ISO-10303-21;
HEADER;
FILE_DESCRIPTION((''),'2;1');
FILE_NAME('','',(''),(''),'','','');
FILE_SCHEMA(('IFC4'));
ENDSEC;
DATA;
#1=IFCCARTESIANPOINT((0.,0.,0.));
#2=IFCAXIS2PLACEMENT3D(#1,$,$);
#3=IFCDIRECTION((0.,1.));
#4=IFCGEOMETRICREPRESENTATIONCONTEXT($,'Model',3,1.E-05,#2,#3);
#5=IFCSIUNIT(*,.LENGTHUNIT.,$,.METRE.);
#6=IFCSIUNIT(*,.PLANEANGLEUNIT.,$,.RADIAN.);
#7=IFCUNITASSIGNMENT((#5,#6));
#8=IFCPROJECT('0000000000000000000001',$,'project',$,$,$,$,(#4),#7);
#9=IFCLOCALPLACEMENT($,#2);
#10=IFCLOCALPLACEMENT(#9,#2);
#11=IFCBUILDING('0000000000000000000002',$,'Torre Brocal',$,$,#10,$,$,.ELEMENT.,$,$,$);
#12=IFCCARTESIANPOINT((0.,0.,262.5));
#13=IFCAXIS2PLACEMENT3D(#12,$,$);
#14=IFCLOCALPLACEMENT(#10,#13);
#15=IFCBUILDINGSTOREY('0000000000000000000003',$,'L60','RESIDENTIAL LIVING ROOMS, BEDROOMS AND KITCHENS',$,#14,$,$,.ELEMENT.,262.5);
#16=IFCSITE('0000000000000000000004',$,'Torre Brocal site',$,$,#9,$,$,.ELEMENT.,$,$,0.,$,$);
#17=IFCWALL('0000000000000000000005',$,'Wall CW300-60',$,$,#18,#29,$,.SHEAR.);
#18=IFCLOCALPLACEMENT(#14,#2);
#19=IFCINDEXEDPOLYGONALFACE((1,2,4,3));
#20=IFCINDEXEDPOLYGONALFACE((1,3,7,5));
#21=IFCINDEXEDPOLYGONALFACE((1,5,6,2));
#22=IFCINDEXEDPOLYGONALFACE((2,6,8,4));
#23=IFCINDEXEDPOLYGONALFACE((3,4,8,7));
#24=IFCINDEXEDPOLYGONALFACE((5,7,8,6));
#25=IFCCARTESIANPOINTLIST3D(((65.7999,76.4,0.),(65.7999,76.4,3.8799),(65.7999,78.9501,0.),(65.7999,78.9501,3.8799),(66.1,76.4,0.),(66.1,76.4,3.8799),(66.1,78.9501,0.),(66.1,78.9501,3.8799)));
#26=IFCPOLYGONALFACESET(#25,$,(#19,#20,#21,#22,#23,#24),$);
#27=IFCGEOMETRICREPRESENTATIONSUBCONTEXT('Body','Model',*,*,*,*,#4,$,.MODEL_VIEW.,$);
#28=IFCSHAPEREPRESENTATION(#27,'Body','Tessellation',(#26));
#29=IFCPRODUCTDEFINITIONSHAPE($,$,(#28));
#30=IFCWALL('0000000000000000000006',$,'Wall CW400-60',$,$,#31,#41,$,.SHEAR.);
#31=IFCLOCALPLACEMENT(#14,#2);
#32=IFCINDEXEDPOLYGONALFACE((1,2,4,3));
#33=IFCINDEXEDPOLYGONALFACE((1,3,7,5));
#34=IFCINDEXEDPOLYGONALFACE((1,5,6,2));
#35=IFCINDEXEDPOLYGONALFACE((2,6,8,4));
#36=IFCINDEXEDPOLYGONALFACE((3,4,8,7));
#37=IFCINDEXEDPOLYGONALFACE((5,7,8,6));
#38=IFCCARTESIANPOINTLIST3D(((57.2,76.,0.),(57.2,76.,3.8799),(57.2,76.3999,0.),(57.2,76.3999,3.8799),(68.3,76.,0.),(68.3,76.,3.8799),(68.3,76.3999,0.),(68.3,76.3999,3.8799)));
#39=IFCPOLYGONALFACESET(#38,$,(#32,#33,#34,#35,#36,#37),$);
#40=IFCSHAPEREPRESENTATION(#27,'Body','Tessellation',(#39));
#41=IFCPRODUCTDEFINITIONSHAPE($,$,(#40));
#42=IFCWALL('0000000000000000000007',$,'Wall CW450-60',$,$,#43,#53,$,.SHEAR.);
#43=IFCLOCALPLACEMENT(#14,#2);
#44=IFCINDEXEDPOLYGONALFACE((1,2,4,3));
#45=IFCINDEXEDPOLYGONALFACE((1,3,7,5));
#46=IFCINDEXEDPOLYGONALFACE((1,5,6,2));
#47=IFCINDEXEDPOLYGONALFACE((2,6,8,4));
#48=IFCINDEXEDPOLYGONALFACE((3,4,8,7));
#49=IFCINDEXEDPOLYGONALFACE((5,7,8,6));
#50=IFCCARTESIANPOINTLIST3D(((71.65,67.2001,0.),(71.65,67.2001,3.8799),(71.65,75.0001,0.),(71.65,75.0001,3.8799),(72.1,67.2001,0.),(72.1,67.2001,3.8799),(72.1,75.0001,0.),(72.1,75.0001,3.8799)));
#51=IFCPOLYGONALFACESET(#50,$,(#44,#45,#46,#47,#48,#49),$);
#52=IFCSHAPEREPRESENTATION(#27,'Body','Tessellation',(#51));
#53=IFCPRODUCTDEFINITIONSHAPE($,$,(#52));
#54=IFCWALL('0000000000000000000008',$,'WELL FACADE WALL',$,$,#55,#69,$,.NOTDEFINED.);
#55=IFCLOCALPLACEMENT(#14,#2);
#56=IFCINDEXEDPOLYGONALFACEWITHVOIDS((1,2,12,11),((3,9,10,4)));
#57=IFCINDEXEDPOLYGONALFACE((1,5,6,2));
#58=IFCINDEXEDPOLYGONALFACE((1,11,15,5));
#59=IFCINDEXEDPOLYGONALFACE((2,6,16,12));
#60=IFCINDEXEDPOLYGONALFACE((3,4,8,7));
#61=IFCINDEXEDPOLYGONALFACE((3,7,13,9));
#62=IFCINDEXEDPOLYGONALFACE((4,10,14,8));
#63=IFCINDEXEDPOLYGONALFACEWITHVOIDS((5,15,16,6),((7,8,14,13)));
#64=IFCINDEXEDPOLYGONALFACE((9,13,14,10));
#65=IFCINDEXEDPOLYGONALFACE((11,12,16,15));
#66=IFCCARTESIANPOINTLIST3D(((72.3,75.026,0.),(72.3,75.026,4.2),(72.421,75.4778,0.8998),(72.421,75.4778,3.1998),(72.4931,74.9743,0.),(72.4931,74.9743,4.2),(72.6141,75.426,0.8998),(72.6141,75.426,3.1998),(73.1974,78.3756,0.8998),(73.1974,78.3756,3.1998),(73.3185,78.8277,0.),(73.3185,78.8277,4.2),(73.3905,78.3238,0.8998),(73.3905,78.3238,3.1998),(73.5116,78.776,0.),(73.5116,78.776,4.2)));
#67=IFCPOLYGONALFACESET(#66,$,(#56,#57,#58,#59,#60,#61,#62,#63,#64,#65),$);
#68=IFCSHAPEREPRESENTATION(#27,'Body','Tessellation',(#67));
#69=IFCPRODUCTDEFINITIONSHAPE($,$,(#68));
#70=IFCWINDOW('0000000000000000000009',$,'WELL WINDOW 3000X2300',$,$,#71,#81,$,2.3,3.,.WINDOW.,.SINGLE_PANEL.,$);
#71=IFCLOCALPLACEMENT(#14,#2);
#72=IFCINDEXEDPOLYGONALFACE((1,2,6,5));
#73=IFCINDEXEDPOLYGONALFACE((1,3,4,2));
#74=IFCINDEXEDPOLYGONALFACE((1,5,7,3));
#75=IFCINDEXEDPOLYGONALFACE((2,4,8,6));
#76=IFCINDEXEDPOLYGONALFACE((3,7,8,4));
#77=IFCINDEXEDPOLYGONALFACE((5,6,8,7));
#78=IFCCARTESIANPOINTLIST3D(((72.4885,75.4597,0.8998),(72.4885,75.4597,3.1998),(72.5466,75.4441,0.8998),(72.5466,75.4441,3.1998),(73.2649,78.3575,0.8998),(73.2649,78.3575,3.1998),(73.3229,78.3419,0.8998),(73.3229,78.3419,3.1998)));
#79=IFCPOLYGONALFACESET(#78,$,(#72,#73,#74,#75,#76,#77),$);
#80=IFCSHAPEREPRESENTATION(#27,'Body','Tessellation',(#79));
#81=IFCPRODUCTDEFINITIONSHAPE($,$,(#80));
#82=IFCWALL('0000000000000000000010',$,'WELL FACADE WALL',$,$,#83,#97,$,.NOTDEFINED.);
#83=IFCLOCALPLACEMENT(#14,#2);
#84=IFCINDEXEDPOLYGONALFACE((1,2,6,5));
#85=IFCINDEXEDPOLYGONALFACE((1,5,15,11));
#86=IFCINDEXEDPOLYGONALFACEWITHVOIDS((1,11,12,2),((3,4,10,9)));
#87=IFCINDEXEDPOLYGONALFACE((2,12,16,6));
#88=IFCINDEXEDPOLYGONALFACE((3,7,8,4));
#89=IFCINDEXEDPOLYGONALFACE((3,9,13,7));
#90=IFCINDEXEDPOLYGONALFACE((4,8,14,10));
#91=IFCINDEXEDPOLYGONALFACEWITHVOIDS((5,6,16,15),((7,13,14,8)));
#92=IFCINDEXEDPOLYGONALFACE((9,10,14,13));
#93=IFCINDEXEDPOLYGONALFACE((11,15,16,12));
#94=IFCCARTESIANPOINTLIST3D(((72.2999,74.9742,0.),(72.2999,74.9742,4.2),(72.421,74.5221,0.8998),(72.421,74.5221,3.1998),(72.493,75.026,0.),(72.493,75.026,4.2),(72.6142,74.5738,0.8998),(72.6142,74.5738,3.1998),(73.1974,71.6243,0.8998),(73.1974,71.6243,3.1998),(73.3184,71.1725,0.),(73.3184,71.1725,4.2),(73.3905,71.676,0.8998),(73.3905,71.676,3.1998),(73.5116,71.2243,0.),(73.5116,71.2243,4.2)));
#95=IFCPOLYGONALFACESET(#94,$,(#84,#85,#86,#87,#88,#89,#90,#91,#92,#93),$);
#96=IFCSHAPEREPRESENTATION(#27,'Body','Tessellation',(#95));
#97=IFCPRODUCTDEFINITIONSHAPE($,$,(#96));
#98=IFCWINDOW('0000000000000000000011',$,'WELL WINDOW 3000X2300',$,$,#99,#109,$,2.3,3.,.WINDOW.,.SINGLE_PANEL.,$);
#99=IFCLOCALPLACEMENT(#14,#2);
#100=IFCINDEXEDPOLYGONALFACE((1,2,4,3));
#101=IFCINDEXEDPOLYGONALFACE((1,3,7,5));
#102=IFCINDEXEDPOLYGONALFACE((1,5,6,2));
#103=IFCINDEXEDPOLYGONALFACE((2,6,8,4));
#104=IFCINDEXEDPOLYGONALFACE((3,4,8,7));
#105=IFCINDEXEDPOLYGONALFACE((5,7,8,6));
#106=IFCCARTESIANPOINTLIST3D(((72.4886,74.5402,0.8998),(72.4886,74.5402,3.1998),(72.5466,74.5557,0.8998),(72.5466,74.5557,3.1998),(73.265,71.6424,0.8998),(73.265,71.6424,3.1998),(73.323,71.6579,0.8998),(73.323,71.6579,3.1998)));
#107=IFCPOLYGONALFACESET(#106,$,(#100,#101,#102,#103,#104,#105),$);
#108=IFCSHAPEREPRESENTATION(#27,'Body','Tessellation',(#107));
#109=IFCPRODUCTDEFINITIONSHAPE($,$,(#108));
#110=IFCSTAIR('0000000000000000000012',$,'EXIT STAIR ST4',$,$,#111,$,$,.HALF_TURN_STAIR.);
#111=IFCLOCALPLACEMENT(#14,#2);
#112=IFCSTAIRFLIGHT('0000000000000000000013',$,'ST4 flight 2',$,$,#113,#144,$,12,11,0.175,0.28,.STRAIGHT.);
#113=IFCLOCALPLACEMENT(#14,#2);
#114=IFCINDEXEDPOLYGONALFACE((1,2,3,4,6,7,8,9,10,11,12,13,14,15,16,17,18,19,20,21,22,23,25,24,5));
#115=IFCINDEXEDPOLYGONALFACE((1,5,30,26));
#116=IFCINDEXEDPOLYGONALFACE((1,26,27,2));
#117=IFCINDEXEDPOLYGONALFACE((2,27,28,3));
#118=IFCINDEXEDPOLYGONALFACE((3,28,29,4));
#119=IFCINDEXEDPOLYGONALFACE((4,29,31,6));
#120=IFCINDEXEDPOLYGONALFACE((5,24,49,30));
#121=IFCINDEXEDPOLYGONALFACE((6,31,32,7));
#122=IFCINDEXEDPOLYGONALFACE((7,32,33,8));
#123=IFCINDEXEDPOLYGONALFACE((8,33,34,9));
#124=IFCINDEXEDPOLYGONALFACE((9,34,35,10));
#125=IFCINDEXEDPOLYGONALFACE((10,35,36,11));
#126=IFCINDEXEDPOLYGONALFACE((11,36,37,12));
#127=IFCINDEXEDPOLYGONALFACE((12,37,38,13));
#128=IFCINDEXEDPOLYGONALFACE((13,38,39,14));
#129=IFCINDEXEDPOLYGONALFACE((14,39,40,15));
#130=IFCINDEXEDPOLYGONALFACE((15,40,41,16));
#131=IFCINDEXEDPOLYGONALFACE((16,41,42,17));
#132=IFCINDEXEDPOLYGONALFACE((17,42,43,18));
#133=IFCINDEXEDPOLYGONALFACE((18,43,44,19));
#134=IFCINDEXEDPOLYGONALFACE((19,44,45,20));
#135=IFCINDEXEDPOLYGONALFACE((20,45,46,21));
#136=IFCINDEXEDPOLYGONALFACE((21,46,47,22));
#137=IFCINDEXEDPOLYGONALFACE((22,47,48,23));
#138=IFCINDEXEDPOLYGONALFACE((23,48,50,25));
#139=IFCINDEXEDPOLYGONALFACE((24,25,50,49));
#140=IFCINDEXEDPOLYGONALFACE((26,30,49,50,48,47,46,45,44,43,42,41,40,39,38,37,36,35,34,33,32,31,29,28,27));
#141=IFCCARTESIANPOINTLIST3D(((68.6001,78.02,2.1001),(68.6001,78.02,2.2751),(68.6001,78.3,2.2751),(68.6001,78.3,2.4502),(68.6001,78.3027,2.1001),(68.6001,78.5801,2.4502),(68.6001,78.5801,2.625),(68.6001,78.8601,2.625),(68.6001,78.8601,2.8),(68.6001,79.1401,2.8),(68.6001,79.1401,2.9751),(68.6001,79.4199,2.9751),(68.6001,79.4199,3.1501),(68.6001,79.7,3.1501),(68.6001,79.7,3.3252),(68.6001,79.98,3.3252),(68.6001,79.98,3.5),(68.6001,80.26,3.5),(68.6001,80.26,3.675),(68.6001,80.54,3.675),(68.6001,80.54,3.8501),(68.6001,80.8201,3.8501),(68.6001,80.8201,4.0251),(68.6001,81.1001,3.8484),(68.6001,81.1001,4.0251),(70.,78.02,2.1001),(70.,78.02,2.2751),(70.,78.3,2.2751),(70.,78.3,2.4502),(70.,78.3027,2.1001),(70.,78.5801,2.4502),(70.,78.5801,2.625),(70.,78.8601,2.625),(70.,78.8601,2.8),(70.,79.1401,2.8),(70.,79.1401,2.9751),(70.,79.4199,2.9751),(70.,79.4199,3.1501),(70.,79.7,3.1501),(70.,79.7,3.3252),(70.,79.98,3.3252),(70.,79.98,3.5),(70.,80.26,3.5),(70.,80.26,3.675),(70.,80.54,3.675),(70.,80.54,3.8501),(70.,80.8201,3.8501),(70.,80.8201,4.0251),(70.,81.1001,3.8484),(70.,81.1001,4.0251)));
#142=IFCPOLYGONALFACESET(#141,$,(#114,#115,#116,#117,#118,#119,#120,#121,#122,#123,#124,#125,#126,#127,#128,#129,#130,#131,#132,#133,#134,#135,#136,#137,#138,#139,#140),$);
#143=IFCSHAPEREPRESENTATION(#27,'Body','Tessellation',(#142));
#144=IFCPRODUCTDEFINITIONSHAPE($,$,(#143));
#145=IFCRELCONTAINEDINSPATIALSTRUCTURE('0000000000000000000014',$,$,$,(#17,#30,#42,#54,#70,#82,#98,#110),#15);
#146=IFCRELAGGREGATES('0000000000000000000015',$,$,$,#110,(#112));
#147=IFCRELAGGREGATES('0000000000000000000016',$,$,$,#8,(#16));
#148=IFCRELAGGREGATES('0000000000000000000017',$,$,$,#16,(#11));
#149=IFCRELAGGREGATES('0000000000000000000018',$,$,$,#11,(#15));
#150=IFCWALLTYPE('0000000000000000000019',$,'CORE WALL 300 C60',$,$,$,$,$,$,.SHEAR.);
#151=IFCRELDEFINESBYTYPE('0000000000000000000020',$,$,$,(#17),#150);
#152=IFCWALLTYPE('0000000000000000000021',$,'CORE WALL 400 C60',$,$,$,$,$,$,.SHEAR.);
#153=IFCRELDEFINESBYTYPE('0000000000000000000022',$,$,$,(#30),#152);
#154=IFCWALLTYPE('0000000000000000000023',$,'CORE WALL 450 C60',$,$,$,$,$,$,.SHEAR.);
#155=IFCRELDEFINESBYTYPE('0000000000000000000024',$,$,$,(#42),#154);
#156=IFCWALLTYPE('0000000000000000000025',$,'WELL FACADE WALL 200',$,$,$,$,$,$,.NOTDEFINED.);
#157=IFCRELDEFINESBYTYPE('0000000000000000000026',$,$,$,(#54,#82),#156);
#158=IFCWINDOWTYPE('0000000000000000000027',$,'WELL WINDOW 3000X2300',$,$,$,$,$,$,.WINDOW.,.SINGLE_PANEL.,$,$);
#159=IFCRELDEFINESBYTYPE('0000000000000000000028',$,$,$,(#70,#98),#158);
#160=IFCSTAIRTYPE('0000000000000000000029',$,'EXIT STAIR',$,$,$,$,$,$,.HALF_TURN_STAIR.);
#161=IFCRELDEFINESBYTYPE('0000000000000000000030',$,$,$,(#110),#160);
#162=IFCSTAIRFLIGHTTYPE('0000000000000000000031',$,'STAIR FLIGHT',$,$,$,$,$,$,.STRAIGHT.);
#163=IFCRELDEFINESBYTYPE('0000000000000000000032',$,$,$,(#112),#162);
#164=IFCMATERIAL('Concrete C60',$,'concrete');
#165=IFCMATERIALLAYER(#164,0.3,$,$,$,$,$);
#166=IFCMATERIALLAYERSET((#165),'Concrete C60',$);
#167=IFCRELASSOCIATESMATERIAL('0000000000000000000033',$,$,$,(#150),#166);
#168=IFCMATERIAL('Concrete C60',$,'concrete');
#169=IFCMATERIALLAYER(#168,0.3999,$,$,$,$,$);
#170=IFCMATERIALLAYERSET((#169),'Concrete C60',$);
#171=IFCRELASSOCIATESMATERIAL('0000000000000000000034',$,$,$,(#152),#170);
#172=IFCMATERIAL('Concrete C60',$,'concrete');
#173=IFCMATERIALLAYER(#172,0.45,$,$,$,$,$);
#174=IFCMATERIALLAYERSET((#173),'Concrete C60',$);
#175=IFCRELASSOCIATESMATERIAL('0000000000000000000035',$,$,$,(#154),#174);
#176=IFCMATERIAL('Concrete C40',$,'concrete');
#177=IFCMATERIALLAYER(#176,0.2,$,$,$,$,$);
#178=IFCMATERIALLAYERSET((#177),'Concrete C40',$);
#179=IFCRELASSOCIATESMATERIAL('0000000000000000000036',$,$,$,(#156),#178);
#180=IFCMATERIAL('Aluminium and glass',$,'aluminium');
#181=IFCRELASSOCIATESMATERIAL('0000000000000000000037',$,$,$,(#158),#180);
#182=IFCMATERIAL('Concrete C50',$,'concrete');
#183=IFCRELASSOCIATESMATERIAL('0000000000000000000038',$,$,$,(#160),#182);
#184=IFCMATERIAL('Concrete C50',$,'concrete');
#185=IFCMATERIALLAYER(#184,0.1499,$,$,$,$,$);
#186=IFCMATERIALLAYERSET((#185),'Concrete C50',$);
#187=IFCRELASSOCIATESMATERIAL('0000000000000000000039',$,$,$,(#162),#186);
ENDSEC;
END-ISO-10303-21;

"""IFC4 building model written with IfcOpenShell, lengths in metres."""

from ifc_helpers import new_model, si_unit, direction, frame, frame_2d, origin, place, context, subcontext, project, spatial, polyline, rectangle, outline, extrude, material, layer, layer_set, type_object, element, fill, aggregate, save


model = new_model("IFC4")

# Units and contexts
model_context = context("Model", 3, precision=1e-05, world=origin(), true_north=direction((0.0, 1.0)))
body_context = subcontext(model_context, "Body", "Model", "MODEL_VIEW")
ifc_project = project(units=[si_unit("LENGTHUNIT", "METRE"), si_unit("PLANEANGLEUNIT", "RADIAN")], contexts=[model_context])

# Site, building, storey
site_placement = place(None, origin())
site = spatial("IfcSite", under=ifc_project, at=site_placement, Name="Torre Brocal site", CompositionType="ELEMENT", RefElevation=0.0)
building_placement = place(site_placement, origin())
building = spatial("IfcBuilding", under=site, at=building_placement, Name="Torre Brocal", CompositionType="ELEMENT")
storey_placement = place(building_placement, frame((0.0, 0.0, 262.5)))
storey = spatial("IfcBuildingStorey", under=building, at=storey_placement, Name="L60", Description="RESIDENTIAL LIVING ROOMS, BEDROOMS AND KITCHENS", CompositionType="ELEMENT", Elevation=262.5)

# Shared definitions
ifc_material_1 = material(Name="Concrete C60", Category="concrete")
ifc_layer_1 = layer(ifc_material_1, 0.3)
ifc_layer_set_1 = layer_set([ifc_layer_1], Name="Concrete C60")
wall_type_1 = type_object("IfcWallType", Name="CORE WALL 300 C60", PredefinedType="SHEAR", material=ifc_layer_set_1)

# Walls
wall_1_placement = place(storey_placement, frame((65.95, 78.95, 0.0), z_axis=(0.0, 0.0, 1.0), x_axis=(0.0, -1.0, 0.0)))
element("IfcWall", 1, at=wall_1_placement, inside=storey, type_object=wall_type_1, Name="Wall CW300-60", PredefinedType="SHEAR", context=body_context, shape_type="SweptSolid", body=[
    extrude(rectangle(XDim=2.55, YDim=0.3, at=frame_2d((1.2749, 0.0))), origin(), (0.0, 0.0, 1.0), 3.8799),
])
ifc_material_2 = material(Name="Concrete C60", Category="concrete")
ifc_layer_2 = layer(ifc_material_2, 0.3999)
ifc_layer_set_2 = layer_set([ifc_layer_2], Name="Concrete C60")
wall_type_2 = type_object("IfcWallType", Name="CORE WALL 400 C60", PredefinedType="SHEAR", material=ifc_layer_set_2)
wall_2_placement = place(storey_placement, frame((68.3, 76.2, 0.0), z_axis=(0.0, 0.0, 1.0), x_axis=(-1.0, 0.0, 0.0)))
element("IfcWall", 2, at=wall_2_placement, inside=storey, type_object=wall_type_2, Name="Wall CW400-60", PredefinedType="SHEAR", context=body_context, shape_type="SweptSolid", body=[
    extrude(rectangle(XDim=11.1001, YDim=0.3999, at=frame_2d((5.55, 0.0))), origin(), (0.0, 0.0, 1.0), 3.8799),
])
ifc_material_3 = material(Name="Concrete C60", Category="concrete")
ifc_layer_3 = layer(ifc_material_3, 0.45)
ifc_layer_set_3 = layer_set([ifc_layer_3], Name="Concrete C60")
wall_type_3 = type_object("IfcWallType", Name="CORE WALL 450 C60", PredefinedType="SHEAR", material=ifc_layer_set_3)
wall_3_placement = place(storey_placement, frame((71.875, 75.0, 0.0), z_axis=(0.0, 0.0, 1.0), x_axis=(0.0, -1.0, 0.0)))
element("IfcWall", 3, at=wall_3_placement, inside=storey, type_object=wall_type_3, Name="Wall CW450-60", PredefinedType="SHEAR", context=body_context, shape_type="SweptSolid", body=[
    extrude(rectangle(XDim=7.8, YDim=0.45, at=frame_2d((3.8999, 0.0))), origin(), (0.0, 0.0, 1.0), 3.8799),
])

# Walls, openings, windows
ifc_material_4 = material(Name="Concrete C40", Category="concrete")
ifc_layer_4 = layer(ifc_material_4, 0.2)
ifc_layer_set_4 = layer_set([ifc_layer_4], Name="Concrete C40")
wall_type_4 = type_object("IfcWallType", Name="WELL FACADE WALL 200", PredefinedType="NOTDEFINED", material=ifc_layer_set_4)
wall_4_placement = place(storey_placement, frame((73.415, 78.8018, 0.0), z_axis=(0.0, 0.0, 1.0), x_axis=(-0.25879, -0.965934, 0.0)))
wall_4 = element("IfcWall", 4, at=wall_4_placement, inside=storey, type_object=wall_type_4, Name="WELL FACADE WALL", PredefinedType="NOTDEFINED", context=body_context, shape_type="SweptSolid", body=[
    extrude(rectangle(XDim=3.9358, YDim=0.2, at=frame_2d((1.9678, 0.0))), origin(), (0.0, 0.0, 1.0), 4.2),
])
opening_1_placement = place(wall_4_placement, frame((0.468, 0.0, 0.8999)))
opening_1 = element("IfcOpeningElement", 5, at=opening_1_placement, cuts=wall_4, PredefinedType="OPENING", context=body_context, shape_type="SweptSolid", body=[
    extrude(rectangle(XDim=3.0, YDim=2.3, at=frame_2d((1.5, 1.1499))), frame((0.0, 0.1099, 0.0), z_axis=(0.0, -1.0, 0.0), x_axis=(1.0, 0.0, 0.0)), (0.0, 0.0, 1.0), 0.22),
])
ifc_material_5 = material(Name="Aluminium and glass", Category="aluminium")
window_type = type_object("IfcWindowType", Name="WELL WINDOW 3000X2300", PartitioningType="SINGLE_PANEL", PredefinedType="WINDOW", material=ifc_material_5)
window_1_placement = place(opening_1_placement, origin())
window_1 = element("IfcWindow", 6, at=window_1_placement, inside=storey, type_object=window_type, Name="WELL WINDOW 3000X2300", OverallHeight=2.3, OverallWidth=3.0, PartitioningType="SINGLE_PANEL", PredefinedType="WINDOW", context=body_context, shape_type="SweptSolid", body=[
    extrude(rectangle(XDim=3.0, YDim=2.3, at=frame_2d((1.5, 1.1499))), frame((0.0, 0.03, 0.0), z_axis=(0.0, -1.0, 0.0), x_axis=(1.0, 0.0, 0.0)), (0.0, 0.0, 1.0), 0.0601),
])
fill(opening_1, window_1)
wall_5_placement = place(storey_placement, frame((72.3965, 75.0, 0.0), z_axis=(0.0, 0.0, 1.0), x_axis=(0.25879, -0.965934, 0.0)))
wall_5 = element("IfcWall", 7, at=wall_5_placement, inside=storey, type_object=wall_type_4, Name="WELL FACADE WALL", PredefinedType="NOTDEFINED", context=body_context, shape_type="SweptSolid", body=[
    extrude(rectangle(XDim=3.9358, YDim=0.2, at=frame_2d((1.9678, 0.0))), origin(), (0.0, 0.0, 1.0), 4.2),
])
opening_2_placement = place(wall_5_placement, frame((0.468, 0.0, 0.8999)))
opening_2 = element("IfcOpeningElement", 8, at=opening_2_placement, cuts=wall_5, PredefinedType="OPENING", context=body_context, shape_type="SweptSolid", body=[
    extrude(rectangle(XDim=3.0, YDim=2.3, at=frame_2d((1.5, 1.1499))), frame((0.0, 0.1099, 0.0), z_axis=(0.0, -1.0, 0.0), x_axis=(1.0, 0.0, 0.0)), (0.0, 0.0, 1.0), 0.22),
])
window_2_placement = place(opening_2_placement, origin())
window_2 = element("IfcWindow", 9, at=window_2_placement, inside=storey, type_object=window_type, Name="WELL WINDOW 3000X2300", OverallHeight=2.3, OverallWidth=3.0, PartitioningType="SINGLE_PANEL", PredefinedType="WINDOW", context=body_context, shape_type="SweptSolid", body=[
    extrude(rectangle(XDim=3.0, YDim=2.3, at=frame_2d((1.5, 1.1499))), frame((0.0, 0.03, 0.0), z_axis=(0.0, -1.0, 0.0), x_axis=(1.0, 0.0, 0.0)), (0.0, 0.0, 1.0), 0.0601),
])
fill(opening_2, window_2)

# Stair, stair flight
ifc_material_6 = material(Name="Concrete C50", Category="concrete")
stair_type = type_object("IfcStairType", Name="EXIT STAIR", PredefinedType="HALF_TURN_STAIR", material=ifc_material_6)
stair_placement = place(storey_placement, origin())
stair = element("IfcStair", 10, at=stair_placement, inside=storey, type_object=stair_type, Name="EXIT STAIR ST4", PredefinedType="HALF_TURN_STAIR")
ifc_material_7 = material(Name="Concrete C50", Category="concrete")
ifc_layer_5 = layer(ifc_material_7, 0.1499)
ifc_layer_set_5 = layer_set([ifc_layer_5], Name="Concrete C50")
stair_flight_type = type_object("IfcStairFlightType", Name="STAIR FLIGHT", PredefinedType="STRAIGHT", material=ifc_layer_set_5)
stair_flight_placement = place(storey_placement, frame((69.3, 78.02, 2.1001), z_axis=(0.0, 0.0, 1.0), x_axis=(0.0, 1.0, 0.0)))
stair_flight = element("IfcStairFlight", 11, at=stair_flight_placement, type_object=stair_flight_type, Name="ST4 flight 2", NumberOfRisers=12, NumberOfTreads=11, PredefinedType="STRAIGHT", RiserHeight=0.175, TreadLength=0.28, context=body_context, shape_type="SweptSolid", body=[
    extrude(outline(polyline([(0.0, 0.0), (0.0, 0.175), (0.28, 0.175), (0.28, 0.3501), (0.5601, 0.3501), (0.5601, 0.5249), (0.8401, 0.5249), (0.8401, 0.7), (1.1201, 0.7), (1.1201, 0.875), (1.3999, 0.875), (1.3999, 1.05), (1.6799, 1.05), (1.6799, 1.2251), (1.96, 1.2251), (1.96, 1.3999), (2.24, 1.3999), (2.24, 1.575), (2.52, 1.575), (2.52, 1.75), (2.8, 1.75), (2.8, 1.925), (3.0801, 1.925), (3.0801, 2.1001), (3.0801, 1.7483), (0.2827, 0.0), (0.0, 0.0)])), frame((0.0, 0.7, 0.0), z_axis=(0.0, -1.0, 0.0), x_axis=(1.0, 0.0, 0.0)), (0.0, 0.0, 1.0), 1.3999),
])
aggregate(stair, [stair_flight])

save(model, "model.ifc")
